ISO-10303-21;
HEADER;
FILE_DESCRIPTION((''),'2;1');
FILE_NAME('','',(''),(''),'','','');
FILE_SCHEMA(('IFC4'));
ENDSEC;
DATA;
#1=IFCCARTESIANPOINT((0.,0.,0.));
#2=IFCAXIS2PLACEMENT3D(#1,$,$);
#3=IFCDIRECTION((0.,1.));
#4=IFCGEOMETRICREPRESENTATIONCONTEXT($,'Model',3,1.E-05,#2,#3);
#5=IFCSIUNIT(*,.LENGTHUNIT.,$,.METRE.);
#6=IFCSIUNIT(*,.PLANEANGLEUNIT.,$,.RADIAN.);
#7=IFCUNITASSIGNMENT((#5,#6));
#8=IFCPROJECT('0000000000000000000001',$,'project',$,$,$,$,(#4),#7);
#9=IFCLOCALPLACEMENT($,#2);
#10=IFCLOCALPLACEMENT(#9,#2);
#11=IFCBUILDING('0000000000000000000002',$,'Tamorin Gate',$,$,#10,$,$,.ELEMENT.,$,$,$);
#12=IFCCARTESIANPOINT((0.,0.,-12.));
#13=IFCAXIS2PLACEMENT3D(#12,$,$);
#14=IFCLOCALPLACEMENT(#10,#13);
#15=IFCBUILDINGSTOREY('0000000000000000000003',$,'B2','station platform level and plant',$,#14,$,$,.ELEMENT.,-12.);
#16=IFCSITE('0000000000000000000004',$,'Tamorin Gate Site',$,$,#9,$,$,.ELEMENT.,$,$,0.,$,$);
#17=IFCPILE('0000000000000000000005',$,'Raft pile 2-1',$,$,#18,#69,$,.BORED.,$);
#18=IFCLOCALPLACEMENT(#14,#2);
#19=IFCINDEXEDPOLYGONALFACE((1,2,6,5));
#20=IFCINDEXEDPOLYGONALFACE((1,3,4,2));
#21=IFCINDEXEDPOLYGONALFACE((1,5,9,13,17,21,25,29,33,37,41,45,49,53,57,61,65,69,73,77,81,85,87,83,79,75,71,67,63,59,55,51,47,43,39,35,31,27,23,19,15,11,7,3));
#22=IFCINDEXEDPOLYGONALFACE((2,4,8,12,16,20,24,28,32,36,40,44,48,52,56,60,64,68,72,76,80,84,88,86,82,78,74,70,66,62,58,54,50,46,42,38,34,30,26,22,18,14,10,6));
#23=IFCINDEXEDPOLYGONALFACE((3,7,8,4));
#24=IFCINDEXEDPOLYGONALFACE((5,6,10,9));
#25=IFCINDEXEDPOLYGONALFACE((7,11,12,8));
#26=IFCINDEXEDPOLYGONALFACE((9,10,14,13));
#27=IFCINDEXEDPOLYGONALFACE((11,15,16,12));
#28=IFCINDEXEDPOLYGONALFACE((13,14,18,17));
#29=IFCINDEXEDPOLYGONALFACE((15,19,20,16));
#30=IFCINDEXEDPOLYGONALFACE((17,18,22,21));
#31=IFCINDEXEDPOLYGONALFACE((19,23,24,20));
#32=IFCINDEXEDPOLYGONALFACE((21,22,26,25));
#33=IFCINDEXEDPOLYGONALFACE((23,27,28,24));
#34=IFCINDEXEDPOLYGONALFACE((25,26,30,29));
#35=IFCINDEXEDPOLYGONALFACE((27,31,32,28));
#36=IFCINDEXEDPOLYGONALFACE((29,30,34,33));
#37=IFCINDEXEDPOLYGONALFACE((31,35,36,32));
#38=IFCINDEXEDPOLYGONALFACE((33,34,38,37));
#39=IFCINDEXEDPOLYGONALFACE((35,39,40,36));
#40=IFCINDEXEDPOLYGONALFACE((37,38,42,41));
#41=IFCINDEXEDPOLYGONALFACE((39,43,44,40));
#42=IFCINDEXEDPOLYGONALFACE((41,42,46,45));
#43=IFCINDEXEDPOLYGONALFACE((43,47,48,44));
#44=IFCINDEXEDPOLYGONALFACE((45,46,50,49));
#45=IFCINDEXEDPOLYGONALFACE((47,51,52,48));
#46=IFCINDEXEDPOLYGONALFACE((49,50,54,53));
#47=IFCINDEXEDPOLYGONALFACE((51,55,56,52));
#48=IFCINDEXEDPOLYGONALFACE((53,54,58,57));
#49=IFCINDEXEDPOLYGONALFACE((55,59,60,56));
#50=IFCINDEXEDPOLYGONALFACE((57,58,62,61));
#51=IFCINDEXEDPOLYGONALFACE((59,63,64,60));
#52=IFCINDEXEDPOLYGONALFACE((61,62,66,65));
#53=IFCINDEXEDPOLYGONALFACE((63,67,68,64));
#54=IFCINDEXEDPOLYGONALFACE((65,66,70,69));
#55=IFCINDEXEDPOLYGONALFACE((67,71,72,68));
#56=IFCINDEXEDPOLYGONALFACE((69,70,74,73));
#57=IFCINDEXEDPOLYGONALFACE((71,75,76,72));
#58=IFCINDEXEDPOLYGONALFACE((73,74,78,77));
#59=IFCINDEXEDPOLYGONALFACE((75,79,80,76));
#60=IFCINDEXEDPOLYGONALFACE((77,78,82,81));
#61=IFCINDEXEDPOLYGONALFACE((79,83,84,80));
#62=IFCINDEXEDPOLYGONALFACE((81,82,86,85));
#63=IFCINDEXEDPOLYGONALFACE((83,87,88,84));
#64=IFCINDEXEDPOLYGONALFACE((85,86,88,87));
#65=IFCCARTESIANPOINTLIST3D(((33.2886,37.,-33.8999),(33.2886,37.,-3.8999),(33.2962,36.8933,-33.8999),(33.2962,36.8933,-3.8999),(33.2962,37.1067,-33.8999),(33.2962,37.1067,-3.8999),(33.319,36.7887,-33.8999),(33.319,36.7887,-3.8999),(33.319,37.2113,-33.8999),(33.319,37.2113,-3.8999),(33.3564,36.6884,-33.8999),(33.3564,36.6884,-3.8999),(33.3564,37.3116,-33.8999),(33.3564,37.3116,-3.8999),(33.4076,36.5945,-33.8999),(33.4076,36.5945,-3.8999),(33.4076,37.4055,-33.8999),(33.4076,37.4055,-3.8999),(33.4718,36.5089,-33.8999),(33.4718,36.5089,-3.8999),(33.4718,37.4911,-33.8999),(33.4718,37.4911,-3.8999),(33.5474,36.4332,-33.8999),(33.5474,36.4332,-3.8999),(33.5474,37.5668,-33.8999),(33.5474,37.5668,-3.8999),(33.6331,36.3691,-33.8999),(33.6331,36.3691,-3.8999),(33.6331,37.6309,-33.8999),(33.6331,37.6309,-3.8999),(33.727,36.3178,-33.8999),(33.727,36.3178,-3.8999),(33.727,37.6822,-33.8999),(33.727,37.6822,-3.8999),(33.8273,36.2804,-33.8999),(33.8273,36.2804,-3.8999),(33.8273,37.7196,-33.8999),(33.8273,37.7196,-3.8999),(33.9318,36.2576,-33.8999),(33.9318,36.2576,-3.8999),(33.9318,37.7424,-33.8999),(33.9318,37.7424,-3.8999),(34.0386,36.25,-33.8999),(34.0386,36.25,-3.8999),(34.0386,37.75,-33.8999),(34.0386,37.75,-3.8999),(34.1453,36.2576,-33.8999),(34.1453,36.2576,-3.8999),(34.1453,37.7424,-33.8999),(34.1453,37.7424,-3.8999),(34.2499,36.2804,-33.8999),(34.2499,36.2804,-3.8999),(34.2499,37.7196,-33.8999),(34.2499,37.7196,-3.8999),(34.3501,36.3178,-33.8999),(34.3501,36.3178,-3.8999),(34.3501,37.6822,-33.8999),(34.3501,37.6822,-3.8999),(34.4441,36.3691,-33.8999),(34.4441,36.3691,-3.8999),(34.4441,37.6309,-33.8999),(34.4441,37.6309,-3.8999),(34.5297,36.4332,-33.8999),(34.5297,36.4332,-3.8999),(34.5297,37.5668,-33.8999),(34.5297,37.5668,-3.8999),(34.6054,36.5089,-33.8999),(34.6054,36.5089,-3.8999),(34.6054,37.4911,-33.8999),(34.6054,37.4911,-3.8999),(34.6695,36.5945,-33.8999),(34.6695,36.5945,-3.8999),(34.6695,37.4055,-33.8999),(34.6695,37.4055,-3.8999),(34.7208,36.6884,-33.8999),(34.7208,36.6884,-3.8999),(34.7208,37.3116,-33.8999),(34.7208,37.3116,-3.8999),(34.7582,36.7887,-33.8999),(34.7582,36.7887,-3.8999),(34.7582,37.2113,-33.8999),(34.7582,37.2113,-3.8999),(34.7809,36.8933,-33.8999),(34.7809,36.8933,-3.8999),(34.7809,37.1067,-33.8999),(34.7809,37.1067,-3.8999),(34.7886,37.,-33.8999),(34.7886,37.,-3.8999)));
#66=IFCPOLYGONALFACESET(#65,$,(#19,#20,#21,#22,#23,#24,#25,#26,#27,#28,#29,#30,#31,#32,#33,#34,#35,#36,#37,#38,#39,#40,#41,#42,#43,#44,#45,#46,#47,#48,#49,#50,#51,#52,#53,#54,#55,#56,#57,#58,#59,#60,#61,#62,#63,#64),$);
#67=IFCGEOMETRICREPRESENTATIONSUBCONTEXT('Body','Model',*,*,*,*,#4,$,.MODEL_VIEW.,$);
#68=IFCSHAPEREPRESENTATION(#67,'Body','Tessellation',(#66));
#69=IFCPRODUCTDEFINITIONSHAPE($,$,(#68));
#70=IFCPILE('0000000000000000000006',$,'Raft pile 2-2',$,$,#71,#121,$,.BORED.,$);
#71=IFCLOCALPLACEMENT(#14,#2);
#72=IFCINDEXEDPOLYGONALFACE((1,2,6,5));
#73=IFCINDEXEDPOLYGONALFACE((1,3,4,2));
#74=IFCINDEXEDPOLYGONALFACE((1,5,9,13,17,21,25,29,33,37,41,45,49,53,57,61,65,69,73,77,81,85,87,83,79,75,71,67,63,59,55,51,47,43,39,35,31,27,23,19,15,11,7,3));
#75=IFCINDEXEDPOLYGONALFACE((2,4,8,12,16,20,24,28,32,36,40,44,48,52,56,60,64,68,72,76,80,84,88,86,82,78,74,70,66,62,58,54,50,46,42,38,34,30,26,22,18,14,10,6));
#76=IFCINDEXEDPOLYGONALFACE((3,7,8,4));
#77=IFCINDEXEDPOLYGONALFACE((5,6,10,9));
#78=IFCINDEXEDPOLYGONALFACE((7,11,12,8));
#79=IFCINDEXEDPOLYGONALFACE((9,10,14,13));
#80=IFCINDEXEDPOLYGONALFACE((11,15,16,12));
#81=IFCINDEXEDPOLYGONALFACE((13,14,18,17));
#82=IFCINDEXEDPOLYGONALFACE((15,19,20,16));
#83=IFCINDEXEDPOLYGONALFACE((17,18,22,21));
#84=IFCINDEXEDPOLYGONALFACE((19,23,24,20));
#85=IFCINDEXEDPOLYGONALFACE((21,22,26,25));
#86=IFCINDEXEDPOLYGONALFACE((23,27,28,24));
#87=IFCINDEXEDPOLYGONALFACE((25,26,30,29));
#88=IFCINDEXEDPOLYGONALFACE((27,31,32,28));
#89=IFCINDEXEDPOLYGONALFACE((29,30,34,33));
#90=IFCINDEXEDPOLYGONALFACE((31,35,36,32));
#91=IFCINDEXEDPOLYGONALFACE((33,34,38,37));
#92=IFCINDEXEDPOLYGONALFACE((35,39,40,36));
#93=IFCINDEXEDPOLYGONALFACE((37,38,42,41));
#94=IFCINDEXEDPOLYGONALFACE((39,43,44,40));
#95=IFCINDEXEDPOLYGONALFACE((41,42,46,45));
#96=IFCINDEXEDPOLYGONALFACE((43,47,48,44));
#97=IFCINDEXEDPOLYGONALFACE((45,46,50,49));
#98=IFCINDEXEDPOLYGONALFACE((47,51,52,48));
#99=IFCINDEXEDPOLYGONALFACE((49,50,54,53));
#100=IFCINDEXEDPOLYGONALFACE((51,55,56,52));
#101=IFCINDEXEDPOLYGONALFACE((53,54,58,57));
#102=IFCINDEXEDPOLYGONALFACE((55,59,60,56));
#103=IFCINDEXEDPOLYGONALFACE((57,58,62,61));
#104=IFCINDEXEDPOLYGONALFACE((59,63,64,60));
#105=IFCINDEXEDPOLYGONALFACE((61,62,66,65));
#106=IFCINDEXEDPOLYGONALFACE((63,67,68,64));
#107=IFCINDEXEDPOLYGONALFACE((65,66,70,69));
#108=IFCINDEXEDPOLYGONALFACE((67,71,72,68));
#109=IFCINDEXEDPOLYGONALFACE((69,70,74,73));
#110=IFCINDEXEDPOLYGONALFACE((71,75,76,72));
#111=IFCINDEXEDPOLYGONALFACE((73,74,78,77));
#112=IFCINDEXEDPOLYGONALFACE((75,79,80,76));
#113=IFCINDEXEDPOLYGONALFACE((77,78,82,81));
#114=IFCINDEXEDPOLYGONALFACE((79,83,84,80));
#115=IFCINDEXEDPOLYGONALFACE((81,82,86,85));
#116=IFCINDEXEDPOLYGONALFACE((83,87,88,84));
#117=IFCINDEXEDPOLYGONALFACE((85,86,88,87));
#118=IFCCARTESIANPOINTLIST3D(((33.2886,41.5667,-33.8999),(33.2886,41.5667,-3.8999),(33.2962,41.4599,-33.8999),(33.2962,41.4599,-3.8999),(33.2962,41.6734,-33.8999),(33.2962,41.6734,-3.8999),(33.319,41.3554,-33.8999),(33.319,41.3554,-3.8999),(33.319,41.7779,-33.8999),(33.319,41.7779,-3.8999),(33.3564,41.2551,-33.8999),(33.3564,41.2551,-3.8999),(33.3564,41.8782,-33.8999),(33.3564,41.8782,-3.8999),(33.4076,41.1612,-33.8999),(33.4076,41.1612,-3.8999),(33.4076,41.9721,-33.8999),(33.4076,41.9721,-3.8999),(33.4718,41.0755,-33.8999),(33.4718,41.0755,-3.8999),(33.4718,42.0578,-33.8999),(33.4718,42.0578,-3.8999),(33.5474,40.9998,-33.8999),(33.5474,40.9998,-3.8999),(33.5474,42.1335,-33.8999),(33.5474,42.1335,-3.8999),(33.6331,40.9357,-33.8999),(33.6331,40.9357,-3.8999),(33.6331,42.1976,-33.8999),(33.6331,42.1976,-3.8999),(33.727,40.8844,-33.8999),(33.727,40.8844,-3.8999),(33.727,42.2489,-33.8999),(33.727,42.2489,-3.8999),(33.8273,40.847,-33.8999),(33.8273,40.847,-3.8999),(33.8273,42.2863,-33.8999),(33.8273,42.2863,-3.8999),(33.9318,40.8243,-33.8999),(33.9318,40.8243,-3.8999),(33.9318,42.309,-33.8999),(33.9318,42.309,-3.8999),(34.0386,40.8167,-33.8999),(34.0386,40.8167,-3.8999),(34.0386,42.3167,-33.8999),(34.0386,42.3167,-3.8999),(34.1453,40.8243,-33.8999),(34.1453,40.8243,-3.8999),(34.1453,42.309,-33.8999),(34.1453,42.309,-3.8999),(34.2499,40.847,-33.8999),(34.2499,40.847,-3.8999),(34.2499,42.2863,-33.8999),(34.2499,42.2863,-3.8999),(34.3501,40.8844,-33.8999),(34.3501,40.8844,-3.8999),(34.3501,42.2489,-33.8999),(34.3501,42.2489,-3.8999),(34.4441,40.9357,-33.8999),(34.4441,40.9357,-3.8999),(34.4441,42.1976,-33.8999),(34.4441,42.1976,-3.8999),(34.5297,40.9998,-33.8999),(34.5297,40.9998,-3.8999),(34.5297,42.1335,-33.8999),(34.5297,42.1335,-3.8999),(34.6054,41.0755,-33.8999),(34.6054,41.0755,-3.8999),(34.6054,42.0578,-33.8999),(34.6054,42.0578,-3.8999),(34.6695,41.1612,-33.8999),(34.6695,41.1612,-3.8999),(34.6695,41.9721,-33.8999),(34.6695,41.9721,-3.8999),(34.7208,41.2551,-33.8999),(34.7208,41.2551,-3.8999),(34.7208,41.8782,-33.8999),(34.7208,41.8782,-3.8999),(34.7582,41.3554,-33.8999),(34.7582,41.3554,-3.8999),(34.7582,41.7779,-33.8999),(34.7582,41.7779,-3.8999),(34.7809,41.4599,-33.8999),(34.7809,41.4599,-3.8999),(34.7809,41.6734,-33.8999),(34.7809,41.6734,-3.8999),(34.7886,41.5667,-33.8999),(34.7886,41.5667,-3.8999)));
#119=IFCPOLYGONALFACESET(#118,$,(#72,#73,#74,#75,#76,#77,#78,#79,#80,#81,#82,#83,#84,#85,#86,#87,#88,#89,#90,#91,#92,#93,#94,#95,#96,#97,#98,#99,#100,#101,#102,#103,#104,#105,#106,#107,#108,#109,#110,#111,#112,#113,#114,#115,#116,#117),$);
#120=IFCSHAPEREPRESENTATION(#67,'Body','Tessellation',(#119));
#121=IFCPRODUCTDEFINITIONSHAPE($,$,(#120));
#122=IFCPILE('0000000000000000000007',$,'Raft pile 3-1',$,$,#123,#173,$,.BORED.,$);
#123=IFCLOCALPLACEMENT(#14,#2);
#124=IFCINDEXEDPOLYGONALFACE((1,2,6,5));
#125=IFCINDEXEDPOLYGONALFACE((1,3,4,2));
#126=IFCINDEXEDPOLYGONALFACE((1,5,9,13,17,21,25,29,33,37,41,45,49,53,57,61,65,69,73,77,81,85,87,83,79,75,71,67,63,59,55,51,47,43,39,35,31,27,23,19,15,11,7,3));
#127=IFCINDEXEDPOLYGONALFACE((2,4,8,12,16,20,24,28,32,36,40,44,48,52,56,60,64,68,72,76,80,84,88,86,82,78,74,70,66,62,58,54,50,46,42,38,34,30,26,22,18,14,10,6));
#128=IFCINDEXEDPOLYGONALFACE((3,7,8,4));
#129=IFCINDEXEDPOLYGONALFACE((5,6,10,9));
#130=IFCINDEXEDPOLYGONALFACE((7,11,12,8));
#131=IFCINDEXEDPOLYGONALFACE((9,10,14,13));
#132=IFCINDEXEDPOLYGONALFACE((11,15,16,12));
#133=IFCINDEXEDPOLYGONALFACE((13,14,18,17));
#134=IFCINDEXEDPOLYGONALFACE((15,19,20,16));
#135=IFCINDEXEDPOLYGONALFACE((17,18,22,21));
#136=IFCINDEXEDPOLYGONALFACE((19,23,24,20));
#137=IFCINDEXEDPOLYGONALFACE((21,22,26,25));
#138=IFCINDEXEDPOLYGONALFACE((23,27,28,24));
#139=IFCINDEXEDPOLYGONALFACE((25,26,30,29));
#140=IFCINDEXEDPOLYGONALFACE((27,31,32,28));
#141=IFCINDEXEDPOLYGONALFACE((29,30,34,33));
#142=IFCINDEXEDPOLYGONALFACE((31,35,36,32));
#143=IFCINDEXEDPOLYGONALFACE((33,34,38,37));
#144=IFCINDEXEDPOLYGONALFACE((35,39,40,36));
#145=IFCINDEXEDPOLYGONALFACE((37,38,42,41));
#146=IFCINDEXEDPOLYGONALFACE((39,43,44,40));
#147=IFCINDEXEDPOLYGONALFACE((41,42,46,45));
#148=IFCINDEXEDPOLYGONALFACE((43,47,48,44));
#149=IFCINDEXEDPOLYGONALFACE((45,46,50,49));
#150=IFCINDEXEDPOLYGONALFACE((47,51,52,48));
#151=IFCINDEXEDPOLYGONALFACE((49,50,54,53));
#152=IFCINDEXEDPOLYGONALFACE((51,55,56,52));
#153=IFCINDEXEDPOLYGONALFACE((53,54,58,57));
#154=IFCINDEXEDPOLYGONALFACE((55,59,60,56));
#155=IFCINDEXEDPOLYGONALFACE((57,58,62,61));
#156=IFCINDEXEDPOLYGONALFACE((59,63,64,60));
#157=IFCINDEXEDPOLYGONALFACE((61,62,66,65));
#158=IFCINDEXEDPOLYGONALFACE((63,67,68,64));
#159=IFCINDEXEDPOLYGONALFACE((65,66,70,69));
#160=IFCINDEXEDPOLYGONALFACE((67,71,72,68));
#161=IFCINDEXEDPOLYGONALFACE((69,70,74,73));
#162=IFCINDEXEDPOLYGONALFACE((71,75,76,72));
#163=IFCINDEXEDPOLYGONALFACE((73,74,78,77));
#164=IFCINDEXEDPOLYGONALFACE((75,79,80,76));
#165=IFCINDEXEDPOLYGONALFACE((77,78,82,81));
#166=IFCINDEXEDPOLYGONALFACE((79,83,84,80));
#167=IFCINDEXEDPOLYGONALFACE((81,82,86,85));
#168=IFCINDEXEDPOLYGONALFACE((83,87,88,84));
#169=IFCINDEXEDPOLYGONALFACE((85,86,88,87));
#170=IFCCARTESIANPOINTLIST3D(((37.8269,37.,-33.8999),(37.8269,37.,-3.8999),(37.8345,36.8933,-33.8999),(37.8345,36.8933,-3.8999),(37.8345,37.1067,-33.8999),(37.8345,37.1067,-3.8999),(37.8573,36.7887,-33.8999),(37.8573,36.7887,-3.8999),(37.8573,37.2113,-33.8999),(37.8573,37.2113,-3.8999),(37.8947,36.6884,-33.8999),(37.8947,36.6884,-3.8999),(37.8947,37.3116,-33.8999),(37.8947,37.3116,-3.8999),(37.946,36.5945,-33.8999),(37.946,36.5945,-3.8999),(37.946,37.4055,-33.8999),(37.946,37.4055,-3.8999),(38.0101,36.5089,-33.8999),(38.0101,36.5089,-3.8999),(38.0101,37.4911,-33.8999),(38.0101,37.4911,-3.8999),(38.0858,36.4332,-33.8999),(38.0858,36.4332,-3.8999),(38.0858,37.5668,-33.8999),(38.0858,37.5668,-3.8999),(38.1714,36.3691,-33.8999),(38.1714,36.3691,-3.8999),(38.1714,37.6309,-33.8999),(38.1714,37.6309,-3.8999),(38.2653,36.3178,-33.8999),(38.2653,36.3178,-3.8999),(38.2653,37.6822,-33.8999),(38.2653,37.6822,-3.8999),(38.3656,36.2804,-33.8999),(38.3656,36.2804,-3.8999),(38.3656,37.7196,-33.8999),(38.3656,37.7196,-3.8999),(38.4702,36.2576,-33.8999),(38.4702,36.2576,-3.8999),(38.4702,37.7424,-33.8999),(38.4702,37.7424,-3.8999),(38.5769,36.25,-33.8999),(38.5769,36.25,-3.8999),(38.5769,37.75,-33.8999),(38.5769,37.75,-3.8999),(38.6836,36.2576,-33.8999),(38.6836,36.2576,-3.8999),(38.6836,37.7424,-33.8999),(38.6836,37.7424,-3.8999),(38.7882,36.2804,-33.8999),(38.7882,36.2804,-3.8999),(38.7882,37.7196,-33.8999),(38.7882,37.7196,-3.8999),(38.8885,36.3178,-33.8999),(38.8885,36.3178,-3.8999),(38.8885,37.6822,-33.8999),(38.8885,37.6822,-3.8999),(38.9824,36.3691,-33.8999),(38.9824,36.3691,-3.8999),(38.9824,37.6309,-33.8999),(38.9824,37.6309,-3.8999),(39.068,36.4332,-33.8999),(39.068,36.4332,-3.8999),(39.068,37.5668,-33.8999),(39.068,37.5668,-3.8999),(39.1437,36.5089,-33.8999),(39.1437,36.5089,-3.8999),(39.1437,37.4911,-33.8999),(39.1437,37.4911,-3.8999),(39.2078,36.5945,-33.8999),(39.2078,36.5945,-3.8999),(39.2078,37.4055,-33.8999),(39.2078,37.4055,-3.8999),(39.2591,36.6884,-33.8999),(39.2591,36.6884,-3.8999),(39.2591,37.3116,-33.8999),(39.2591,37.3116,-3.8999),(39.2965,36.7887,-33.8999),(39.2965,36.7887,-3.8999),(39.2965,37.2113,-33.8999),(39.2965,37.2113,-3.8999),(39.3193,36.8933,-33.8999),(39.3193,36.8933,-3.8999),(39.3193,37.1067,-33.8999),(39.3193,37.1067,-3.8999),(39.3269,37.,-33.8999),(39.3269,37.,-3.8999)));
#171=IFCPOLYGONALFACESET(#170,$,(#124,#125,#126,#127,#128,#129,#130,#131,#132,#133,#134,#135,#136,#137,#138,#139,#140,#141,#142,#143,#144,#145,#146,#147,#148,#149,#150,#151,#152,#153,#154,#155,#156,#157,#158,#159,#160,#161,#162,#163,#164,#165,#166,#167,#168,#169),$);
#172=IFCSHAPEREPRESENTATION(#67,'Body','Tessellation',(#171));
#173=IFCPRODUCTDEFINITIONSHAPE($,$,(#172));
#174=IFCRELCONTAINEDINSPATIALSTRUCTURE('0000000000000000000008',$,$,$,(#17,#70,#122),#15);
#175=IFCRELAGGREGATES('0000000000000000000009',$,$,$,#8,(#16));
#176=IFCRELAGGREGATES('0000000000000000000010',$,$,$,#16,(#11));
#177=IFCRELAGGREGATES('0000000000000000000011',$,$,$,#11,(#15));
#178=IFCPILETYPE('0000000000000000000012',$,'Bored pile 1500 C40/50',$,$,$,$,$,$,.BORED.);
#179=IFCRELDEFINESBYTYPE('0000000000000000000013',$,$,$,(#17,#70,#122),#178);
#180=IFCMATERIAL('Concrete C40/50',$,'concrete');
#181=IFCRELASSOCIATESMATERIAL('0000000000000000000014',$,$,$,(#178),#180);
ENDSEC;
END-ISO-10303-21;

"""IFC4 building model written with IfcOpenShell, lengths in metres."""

from ifc_helpers import new_model, si_unit, direction, frame, origin, origin_2d, place, context, subcontext, project, spatial, circle, extrude, material, material_profile, profile_set, type_object, element, save


model = new_model("IFC4")

# Units and contexts
model_context = context("Model", 3, precision=1e-05, world=origin(), true_north=direction((0.0, 1.0)))
body_context = subcontext(model_context, "Body", "Model", "MODEL_VIEW")
ifc_project = project(units=[si_unit("LENGTHUNIT", "METRE"), si_unit("PLANEANGLEUNIT", "RADIAN")], contexts=[model_context])

# Site, building, storey
site_placement = place(None, origin())
site = spatial("IfcSite", under=ifc_project, at=site_placement, Name="Tamorin Gate Site", CompositionType="ELEMENT", RefElevation=0.0)
building_placement = place(site_placement, origin())
building = spatial("IfcBuilding", under=site, at=building_placement, Name="Tamorin Gate", CompositionType="ELEMENT")
storey_placement = place(building_placement, frame((0.0, 0.0, -12.0)))
storey = spatial("IfcBuildingStorey", under=building, at=storey_placement, Name="B2", Description="station platform level and plant", CompositionType="ELEMENT", Elevation=-12.0)

# Piles
ifc_material_1 = material(Name="Concrete C40/50", Category="concrete")
ifc_material_profile_1 = material_profile(ifc_material_1, circle(Radius=0.75, at=origin_2d()))
ifc_profile_set_1 = profile_set([ifc_material_profile_1], Name="Concrete C40/50")
pile_type = type_object("IfcPileType", Name="Bored pile 1500 C40/50", PredefinedType="BORED", material=ifc_profile_set_1)
for number, where, z_axis, x_axis, name in (
    (1, (34.0386, 37.0, -3.8999), (0.0, 0.0, -1.0), (1.0, 0.0, 0.0), "Raft pile 2-1"),
    (2, (34.0386, 41.5667, -3.8999), (0.0, 0.0, -1.0), (1.0, 0.0, 0.0), "Raft pile 2-2"),
    (3, (38.5769, 37.0, -3.8999), (0.0, 0.0, -1.0), (1.0, 0.0, 0.0), "Raft pile 3-1"),
):
    element("IfcPile", number, at=place(storey_placement, frame(where, z_axis=z_axis, x_axis=x_axis)), inside=storey, type_object=pile_type, Name=name, PredefinedType="BORED", context=body_context, shape_type="SweptSolid", body=[
        extrude(circle(Radius=0.75, at=origin_2d()), origin(), (0.0, 0.0, 1.0), 30.0),
    ])

save(model, "model.ifc")
